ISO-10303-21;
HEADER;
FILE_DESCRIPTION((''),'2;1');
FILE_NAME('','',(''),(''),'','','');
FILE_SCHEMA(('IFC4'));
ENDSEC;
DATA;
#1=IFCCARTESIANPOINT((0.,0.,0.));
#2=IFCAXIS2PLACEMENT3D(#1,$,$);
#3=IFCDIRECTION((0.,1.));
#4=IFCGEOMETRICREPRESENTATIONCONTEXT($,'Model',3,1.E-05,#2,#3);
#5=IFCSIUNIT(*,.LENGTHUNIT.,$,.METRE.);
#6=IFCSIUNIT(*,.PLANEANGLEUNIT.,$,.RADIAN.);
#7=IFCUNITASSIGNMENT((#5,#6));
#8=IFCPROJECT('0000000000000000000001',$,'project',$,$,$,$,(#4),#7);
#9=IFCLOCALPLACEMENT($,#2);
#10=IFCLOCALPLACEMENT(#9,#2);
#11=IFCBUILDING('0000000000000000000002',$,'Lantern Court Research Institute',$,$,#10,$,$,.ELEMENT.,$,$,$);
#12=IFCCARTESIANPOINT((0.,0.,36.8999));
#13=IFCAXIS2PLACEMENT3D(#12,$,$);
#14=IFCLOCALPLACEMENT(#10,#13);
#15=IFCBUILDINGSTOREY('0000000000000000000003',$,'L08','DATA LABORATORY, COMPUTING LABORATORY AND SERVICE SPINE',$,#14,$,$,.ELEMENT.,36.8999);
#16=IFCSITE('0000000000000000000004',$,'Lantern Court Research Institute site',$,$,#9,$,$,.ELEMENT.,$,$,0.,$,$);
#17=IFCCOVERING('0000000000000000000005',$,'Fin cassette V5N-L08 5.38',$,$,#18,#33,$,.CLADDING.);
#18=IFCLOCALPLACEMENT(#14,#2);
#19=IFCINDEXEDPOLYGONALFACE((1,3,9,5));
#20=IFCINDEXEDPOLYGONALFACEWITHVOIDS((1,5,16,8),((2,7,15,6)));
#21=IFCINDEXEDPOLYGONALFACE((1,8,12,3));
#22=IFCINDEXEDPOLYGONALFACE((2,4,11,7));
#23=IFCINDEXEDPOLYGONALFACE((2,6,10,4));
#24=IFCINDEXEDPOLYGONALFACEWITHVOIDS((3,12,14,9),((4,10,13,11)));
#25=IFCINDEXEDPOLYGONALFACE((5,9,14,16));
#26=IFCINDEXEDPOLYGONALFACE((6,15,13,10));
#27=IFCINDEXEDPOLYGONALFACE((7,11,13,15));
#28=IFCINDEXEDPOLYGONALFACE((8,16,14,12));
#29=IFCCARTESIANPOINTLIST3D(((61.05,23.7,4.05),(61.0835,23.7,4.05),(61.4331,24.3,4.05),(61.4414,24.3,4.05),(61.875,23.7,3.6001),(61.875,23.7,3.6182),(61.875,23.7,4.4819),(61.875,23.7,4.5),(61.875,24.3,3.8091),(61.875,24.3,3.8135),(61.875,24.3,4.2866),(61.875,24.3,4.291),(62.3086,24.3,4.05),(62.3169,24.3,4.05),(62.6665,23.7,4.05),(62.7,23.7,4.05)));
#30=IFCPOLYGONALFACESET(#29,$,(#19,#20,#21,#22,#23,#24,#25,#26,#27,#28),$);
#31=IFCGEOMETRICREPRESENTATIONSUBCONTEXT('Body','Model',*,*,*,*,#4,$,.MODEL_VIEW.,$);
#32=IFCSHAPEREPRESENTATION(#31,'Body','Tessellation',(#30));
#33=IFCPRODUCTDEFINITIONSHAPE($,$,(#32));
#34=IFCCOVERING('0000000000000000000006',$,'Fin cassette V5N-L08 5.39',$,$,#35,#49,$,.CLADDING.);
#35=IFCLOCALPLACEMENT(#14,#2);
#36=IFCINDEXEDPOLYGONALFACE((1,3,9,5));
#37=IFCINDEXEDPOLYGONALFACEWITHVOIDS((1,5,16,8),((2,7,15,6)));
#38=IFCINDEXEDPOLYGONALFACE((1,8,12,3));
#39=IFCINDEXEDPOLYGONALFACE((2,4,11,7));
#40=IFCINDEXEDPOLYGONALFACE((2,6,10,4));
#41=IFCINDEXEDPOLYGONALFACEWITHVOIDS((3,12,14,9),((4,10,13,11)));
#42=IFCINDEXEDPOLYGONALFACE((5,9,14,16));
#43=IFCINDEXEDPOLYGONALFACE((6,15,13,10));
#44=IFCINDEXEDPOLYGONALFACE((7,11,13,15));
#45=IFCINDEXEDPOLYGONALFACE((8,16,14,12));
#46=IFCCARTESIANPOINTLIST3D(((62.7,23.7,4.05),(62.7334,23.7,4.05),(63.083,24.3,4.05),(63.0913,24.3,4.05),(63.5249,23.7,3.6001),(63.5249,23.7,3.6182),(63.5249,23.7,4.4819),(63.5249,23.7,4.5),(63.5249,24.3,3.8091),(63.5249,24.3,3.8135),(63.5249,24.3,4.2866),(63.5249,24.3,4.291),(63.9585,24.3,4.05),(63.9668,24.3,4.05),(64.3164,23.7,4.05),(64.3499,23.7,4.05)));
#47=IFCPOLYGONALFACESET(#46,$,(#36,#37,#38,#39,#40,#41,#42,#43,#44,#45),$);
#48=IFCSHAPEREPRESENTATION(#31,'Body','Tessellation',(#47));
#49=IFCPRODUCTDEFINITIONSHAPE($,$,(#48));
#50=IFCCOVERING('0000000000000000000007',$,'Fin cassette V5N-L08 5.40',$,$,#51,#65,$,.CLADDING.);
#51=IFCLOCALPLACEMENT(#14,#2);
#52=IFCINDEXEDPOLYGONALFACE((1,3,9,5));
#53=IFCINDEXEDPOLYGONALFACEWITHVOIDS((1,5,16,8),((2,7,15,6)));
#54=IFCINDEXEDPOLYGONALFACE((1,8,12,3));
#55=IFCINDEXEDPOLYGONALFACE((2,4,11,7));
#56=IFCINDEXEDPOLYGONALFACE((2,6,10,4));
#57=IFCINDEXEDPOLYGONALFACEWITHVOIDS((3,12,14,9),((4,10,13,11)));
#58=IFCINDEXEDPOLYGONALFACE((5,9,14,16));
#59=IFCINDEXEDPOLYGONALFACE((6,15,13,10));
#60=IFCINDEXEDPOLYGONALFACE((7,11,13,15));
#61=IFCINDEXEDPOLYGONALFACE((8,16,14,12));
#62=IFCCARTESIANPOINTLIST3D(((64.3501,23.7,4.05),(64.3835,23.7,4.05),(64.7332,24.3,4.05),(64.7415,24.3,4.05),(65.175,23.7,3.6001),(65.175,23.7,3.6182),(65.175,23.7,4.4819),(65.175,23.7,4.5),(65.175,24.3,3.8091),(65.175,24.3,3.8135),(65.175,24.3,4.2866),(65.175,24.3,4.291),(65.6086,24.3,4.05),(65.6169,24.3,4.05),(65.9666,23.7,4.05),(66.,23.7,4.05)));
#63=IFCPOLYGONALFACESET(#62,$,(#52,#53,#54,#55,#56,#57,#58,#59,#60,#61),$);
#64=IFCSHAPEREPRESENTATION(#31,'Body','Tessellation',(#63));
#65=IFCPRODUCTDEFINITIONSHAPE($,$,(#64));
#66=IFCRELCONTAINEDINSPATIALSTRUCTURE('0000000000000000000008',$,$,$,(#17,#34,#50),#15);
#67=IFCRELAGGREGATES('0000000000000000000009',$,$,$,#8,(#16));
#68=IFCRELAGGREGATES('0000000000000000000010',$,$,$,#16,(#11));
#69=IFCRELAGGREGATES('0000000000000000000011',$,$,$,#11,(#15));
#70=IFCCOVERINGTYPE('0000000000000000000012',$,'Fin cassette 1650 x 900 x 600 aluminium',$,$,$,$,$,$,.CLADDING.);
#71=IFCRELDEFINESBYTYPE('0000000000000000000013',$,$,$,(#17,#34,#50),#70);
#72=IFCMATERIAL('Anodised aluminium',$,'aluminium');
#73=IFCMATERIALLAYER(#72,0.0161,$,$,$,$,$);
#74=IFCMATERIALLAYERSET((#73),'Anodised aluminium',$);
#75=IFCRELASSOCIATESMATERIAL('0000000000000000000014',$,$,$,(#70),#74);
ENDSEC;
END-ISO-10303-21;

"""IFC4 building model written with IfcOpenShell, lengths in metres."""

from ifc_helpers import new_model, entity, si_unit, direction, frame, origin, place, context, subcontext, project, spatial, material, layer, layer_set, type_object, element, save


model = new_model("IFC4")

# Units and contexts
model_context = context("Model", 3, precision=1e-05, world=origin(), true_north=direction((0.0, 1.0)))
body_context = subcontext(model_context, "Body", "Model", "MODEL_VIEW")
ifc_project = project(units=[si_unit("LENGTHUNIT", "METRE"), si_unit("PLANEANGLEUNIT", "RADIAN")], contexts=[model_context])

# Site, building, storey
site_placement = place(None, origin())
site = spatial("IfcSite", under=ifc_project, at=site_placement, Name="Lantern Court Research Institute site", CompositionType="ELEMENT", RefElevation=0.0)
building_placement = place(site_placement, origin())
building = spatial("IfcBuilding", under=site, at=building_placement, Name="Lantern Court Research Institute", CompositionType="ELEMENT")
storey_placement = place(building_placement, frame((0.0, 0.0, 36.8999)))
storey = spatial("IfcBuildingStorey", under=building, at=storey_placement, Name="L08", Description="DATA LABORATORY, COMPUTING LABORATORY AND SERVICE SPINE", CompositionType="ELEMENT", Elevation=36.8999)

# Coverings
ifc_material_1 = material(Name="Anodised aluminium", Category="aluminium")
ifc_layer_1 = layer(ifc_material_1, 0.0161)
ifc_layer_set_1 = layer_set([ifc_layer_1], Name="Anodised aluminium")
covering_type = type_object("IfcCoveringType", Name="Fin cassette 1650 x 900 x 600 aluminium", PredefinedType="CLADDING", material=ifc_layer_set_1)
covering_1_placement = place(storey_placement, frame((61.875, 23.7, 4.05), z_axis=(0.0, 1.0, 0.0), x_axis=(-1.0, 0.0, 0.0)))
cartesian_point_1 = entity("IfcCartesianPoint", [0.825, 0.0])
cartesian_point_2 = entity("IfcCartesianPoint", [0.7915, 0.0])
cartesian_point_3 = entity("IfcCartesianPoint", [0.4419, 0.0])
cartesian_point_4 = entity("IfcCartesianPoint", [0.4336, 0.0])
element("IfcCovering", 1, at=covering_1_placement, inside=storey, type_object=covering_type, Name="Fin cassette V5N-L08 5.38", PredefinedType="CLADDING", context=body_context, shape_type="SweptSolid", body=[
    entity("IfcExtrudedAreaSolidTapered", entity("IfcArbitraryProfileDefWithVoids", "AREA", None, entity("IfcPolyline", [cartesian_point_1, entity("IfcCartesianPoint", [0.0, 0.45]), entity("IfcCartesianPoint", [-0.825, 0.0]), entity("IfcCartesianPoint", [0.0, -0.45]), cartesian_point_1]), [entity("IfcPolyline", [cartesian_point_2, entity("IfcCartesianPoint", [0.0, 0.4319]), entity("IfcCartesianPoint", [-0.7915, 0.0]), entity("IfcCartesianPoint", [0.0, -0.4319]), cartesian_point_2])]), entity("IfcAxis2Placement3D", entity("IfcCartesianPoint", [0.0, 0.0, 0.0])), entity("IfcDirection", [0.0, 0.0, 1.0]), 0.6001, entity("IfcArbitraryProfileDefWithVoids", "AREA", None, entity("IfcPolyline", [cartesian_point_3, entity("IfcCartesianPoint", [0.0, 0.241]), entity("IfcCartesianPoint", [-0.4419, 0.0]), entity("IfcCartesianPoint", [0.0, -0.241]), cartesian_point_3]), [entity("IfcPolyline", [cartesian_point_4, entity("IfcCartesianPoint", [0.0, 0.2366]), entity("IfcCartesianPoint", [-0.4336, 0.0]), entity("IfcCartesianPoint", [0.0, -0.2366]), cartesian_point_4])])),
])
covering_2_placement = place(storey_placement, frame((63.5249, 23.7, 4.05), z_axis=(0.0, 1.0, 0.0), x_axis=(-1.0, 0.0, 0.0)))
cartesian_point_5 = entity("IfcCartesianPoint", [0.825, 0.0])
cartesian_point_6 = entity("IfcCartesianPoint", [0.7915, 0.0])
cartesian_point_7 = entity("IfcCartesianPoint", [0.4419, 0.0])
cartesian_point_8 = entity("IfcCartesianPoint", [0.4336, 0.0])
element("IfcCovering", 2, at=covering_2_placement, inside=storey, type_object=covering_type, Name="Fin cassette V5N-L08 5.39", PredefinedType="CLADDING", context=body_context, shape_type="SweptSolid", body=[
    entity("IfcExtrudedAreaSolidTapered", entity("IfcArbitraryProfileDefWithVoids", "AREA", None, entity("IfcPolyline", [cartesian_point_5, entity("IfcCartesianPoint", [0.0, 0.45]), entity("IfcCartesianPoint", [-0.825, 0.0]), entity("IfcCartesianPoint", [0.0, -0.45]), cartesian_point_5]), [entity("IfcPolyline", [cartesian_point_6, entity("IfcCartesianPoint", [0.0, 0.4319]), entity("IfcCartesianPoint", [-0.7915, 0.0]), entity("IfcCartesianPoint", [0.0, -0.4319]), cartesian_point_6])]), entity("IfcAxis2Placement3D", entity("IfcCartesianPoint", [0.0, 0.0, 0.0])), entity("IfcDirection", [0.0, 0.0, 1.0]), 0.6001, entity("IfcArbitraryProfileDefWithVoids", "AREA", None, entity("IfcPolyline", [cartesian_point_7, entity("IfcCartesianPoint", [0.0, 0.241]), entity("IfcCartesianPoint", [-0.4419, 0.0]), entity("IfcCartesianPoint", [0.0, -0.241]), cartesian_point_7]), [entity("IfcPolyline", [cartesian_point_8, entity("IfcCartesianPoint", [0.0, 0.2366]), entity("IfcCartesianPoint", [-0.4336, 0.0]), entity("IfcCartesianPoint", [0.0, -0.2366]), cartesian_point_8])])),
])
covering_3_placement = place(storey_placement, frame((65.175, 23.7, 4.05), z_axis=(0.0, 1.0, 0.0), x_axis=(-1.0, 0.0, 0.0)))
cartesian_point_9 = entity("IfcCartesianPoint", [0.825, 0.0])
cartesian_point_10 = entity("IfcCartesianPoint", [0.7915, 0.0])
cartesian_point_11 = entity("IfcCartesianPoint", [0.4419, 0.0])
cartesian_point_12 = entity("IfcCartesianPoint", [0.4336, 0.0])
element("IfcCovering", 3, at=covering_3_placement, inside=storey, type_object=covering_type, Name="Fin cassette V5N-L08 5.40", PredefinedType="CLADDING", context=body_context, shape_type="SweptSolid", body=[
    entity("IfcExtrudedAreaSolidTapered", entity("IfcArbitraryProfileDefWithVoids", "AREA", None, entity("IfcPolyline", [cartesian_point_9, entity("IfcCartesianPoint", [0.0, 0.45]), entity("IfcCartesianPoint", [-0.825, 0.0]), entity("IfcCartesianPoint", [0.0, -0.45]), cartesian_point_9]), [entity("IfcPolyline", [cartesian_point_10, entity("IfcCartesianPoint", [0.0, 0.4319]), entity("IfcCartesianPoint", [-0.7915, 0.0]), entity("IfcCartesianPoint", [0.0, -0.4319]), cartesian_point_10])]), entity("IfcAxis2Placement3D", entity("IfcCartesianPoint", [0.0, 0.0, 0.0])), entity("IfcDirection", [0.0, 0.0, 1.0]), 0.6001, entity("IfcArbitraryProfileDefWithVoids", "AREA", None, entity("IfcPolyline", [cartesian_point_11, entity("IfcCartesianPoint", [0.0, 0.241]), entity("IfcCartesianPoint", [-0.4419, 0.0]), entity("IfcCartesianPoint", [0.0, -0.241]), cartesian_point_11]), [entity("IfcPolyline", [cartesian_point_12, entity("IfcCartesianPoint", [0.0, 0.2366]), entity("IfcCartesianPoint", [-0.4336, 0.0]), entity("IfcCartesianPoint", [0.0, -0.2366]), cartesian_point_12])])),
])

save(model, "model.ifc")
